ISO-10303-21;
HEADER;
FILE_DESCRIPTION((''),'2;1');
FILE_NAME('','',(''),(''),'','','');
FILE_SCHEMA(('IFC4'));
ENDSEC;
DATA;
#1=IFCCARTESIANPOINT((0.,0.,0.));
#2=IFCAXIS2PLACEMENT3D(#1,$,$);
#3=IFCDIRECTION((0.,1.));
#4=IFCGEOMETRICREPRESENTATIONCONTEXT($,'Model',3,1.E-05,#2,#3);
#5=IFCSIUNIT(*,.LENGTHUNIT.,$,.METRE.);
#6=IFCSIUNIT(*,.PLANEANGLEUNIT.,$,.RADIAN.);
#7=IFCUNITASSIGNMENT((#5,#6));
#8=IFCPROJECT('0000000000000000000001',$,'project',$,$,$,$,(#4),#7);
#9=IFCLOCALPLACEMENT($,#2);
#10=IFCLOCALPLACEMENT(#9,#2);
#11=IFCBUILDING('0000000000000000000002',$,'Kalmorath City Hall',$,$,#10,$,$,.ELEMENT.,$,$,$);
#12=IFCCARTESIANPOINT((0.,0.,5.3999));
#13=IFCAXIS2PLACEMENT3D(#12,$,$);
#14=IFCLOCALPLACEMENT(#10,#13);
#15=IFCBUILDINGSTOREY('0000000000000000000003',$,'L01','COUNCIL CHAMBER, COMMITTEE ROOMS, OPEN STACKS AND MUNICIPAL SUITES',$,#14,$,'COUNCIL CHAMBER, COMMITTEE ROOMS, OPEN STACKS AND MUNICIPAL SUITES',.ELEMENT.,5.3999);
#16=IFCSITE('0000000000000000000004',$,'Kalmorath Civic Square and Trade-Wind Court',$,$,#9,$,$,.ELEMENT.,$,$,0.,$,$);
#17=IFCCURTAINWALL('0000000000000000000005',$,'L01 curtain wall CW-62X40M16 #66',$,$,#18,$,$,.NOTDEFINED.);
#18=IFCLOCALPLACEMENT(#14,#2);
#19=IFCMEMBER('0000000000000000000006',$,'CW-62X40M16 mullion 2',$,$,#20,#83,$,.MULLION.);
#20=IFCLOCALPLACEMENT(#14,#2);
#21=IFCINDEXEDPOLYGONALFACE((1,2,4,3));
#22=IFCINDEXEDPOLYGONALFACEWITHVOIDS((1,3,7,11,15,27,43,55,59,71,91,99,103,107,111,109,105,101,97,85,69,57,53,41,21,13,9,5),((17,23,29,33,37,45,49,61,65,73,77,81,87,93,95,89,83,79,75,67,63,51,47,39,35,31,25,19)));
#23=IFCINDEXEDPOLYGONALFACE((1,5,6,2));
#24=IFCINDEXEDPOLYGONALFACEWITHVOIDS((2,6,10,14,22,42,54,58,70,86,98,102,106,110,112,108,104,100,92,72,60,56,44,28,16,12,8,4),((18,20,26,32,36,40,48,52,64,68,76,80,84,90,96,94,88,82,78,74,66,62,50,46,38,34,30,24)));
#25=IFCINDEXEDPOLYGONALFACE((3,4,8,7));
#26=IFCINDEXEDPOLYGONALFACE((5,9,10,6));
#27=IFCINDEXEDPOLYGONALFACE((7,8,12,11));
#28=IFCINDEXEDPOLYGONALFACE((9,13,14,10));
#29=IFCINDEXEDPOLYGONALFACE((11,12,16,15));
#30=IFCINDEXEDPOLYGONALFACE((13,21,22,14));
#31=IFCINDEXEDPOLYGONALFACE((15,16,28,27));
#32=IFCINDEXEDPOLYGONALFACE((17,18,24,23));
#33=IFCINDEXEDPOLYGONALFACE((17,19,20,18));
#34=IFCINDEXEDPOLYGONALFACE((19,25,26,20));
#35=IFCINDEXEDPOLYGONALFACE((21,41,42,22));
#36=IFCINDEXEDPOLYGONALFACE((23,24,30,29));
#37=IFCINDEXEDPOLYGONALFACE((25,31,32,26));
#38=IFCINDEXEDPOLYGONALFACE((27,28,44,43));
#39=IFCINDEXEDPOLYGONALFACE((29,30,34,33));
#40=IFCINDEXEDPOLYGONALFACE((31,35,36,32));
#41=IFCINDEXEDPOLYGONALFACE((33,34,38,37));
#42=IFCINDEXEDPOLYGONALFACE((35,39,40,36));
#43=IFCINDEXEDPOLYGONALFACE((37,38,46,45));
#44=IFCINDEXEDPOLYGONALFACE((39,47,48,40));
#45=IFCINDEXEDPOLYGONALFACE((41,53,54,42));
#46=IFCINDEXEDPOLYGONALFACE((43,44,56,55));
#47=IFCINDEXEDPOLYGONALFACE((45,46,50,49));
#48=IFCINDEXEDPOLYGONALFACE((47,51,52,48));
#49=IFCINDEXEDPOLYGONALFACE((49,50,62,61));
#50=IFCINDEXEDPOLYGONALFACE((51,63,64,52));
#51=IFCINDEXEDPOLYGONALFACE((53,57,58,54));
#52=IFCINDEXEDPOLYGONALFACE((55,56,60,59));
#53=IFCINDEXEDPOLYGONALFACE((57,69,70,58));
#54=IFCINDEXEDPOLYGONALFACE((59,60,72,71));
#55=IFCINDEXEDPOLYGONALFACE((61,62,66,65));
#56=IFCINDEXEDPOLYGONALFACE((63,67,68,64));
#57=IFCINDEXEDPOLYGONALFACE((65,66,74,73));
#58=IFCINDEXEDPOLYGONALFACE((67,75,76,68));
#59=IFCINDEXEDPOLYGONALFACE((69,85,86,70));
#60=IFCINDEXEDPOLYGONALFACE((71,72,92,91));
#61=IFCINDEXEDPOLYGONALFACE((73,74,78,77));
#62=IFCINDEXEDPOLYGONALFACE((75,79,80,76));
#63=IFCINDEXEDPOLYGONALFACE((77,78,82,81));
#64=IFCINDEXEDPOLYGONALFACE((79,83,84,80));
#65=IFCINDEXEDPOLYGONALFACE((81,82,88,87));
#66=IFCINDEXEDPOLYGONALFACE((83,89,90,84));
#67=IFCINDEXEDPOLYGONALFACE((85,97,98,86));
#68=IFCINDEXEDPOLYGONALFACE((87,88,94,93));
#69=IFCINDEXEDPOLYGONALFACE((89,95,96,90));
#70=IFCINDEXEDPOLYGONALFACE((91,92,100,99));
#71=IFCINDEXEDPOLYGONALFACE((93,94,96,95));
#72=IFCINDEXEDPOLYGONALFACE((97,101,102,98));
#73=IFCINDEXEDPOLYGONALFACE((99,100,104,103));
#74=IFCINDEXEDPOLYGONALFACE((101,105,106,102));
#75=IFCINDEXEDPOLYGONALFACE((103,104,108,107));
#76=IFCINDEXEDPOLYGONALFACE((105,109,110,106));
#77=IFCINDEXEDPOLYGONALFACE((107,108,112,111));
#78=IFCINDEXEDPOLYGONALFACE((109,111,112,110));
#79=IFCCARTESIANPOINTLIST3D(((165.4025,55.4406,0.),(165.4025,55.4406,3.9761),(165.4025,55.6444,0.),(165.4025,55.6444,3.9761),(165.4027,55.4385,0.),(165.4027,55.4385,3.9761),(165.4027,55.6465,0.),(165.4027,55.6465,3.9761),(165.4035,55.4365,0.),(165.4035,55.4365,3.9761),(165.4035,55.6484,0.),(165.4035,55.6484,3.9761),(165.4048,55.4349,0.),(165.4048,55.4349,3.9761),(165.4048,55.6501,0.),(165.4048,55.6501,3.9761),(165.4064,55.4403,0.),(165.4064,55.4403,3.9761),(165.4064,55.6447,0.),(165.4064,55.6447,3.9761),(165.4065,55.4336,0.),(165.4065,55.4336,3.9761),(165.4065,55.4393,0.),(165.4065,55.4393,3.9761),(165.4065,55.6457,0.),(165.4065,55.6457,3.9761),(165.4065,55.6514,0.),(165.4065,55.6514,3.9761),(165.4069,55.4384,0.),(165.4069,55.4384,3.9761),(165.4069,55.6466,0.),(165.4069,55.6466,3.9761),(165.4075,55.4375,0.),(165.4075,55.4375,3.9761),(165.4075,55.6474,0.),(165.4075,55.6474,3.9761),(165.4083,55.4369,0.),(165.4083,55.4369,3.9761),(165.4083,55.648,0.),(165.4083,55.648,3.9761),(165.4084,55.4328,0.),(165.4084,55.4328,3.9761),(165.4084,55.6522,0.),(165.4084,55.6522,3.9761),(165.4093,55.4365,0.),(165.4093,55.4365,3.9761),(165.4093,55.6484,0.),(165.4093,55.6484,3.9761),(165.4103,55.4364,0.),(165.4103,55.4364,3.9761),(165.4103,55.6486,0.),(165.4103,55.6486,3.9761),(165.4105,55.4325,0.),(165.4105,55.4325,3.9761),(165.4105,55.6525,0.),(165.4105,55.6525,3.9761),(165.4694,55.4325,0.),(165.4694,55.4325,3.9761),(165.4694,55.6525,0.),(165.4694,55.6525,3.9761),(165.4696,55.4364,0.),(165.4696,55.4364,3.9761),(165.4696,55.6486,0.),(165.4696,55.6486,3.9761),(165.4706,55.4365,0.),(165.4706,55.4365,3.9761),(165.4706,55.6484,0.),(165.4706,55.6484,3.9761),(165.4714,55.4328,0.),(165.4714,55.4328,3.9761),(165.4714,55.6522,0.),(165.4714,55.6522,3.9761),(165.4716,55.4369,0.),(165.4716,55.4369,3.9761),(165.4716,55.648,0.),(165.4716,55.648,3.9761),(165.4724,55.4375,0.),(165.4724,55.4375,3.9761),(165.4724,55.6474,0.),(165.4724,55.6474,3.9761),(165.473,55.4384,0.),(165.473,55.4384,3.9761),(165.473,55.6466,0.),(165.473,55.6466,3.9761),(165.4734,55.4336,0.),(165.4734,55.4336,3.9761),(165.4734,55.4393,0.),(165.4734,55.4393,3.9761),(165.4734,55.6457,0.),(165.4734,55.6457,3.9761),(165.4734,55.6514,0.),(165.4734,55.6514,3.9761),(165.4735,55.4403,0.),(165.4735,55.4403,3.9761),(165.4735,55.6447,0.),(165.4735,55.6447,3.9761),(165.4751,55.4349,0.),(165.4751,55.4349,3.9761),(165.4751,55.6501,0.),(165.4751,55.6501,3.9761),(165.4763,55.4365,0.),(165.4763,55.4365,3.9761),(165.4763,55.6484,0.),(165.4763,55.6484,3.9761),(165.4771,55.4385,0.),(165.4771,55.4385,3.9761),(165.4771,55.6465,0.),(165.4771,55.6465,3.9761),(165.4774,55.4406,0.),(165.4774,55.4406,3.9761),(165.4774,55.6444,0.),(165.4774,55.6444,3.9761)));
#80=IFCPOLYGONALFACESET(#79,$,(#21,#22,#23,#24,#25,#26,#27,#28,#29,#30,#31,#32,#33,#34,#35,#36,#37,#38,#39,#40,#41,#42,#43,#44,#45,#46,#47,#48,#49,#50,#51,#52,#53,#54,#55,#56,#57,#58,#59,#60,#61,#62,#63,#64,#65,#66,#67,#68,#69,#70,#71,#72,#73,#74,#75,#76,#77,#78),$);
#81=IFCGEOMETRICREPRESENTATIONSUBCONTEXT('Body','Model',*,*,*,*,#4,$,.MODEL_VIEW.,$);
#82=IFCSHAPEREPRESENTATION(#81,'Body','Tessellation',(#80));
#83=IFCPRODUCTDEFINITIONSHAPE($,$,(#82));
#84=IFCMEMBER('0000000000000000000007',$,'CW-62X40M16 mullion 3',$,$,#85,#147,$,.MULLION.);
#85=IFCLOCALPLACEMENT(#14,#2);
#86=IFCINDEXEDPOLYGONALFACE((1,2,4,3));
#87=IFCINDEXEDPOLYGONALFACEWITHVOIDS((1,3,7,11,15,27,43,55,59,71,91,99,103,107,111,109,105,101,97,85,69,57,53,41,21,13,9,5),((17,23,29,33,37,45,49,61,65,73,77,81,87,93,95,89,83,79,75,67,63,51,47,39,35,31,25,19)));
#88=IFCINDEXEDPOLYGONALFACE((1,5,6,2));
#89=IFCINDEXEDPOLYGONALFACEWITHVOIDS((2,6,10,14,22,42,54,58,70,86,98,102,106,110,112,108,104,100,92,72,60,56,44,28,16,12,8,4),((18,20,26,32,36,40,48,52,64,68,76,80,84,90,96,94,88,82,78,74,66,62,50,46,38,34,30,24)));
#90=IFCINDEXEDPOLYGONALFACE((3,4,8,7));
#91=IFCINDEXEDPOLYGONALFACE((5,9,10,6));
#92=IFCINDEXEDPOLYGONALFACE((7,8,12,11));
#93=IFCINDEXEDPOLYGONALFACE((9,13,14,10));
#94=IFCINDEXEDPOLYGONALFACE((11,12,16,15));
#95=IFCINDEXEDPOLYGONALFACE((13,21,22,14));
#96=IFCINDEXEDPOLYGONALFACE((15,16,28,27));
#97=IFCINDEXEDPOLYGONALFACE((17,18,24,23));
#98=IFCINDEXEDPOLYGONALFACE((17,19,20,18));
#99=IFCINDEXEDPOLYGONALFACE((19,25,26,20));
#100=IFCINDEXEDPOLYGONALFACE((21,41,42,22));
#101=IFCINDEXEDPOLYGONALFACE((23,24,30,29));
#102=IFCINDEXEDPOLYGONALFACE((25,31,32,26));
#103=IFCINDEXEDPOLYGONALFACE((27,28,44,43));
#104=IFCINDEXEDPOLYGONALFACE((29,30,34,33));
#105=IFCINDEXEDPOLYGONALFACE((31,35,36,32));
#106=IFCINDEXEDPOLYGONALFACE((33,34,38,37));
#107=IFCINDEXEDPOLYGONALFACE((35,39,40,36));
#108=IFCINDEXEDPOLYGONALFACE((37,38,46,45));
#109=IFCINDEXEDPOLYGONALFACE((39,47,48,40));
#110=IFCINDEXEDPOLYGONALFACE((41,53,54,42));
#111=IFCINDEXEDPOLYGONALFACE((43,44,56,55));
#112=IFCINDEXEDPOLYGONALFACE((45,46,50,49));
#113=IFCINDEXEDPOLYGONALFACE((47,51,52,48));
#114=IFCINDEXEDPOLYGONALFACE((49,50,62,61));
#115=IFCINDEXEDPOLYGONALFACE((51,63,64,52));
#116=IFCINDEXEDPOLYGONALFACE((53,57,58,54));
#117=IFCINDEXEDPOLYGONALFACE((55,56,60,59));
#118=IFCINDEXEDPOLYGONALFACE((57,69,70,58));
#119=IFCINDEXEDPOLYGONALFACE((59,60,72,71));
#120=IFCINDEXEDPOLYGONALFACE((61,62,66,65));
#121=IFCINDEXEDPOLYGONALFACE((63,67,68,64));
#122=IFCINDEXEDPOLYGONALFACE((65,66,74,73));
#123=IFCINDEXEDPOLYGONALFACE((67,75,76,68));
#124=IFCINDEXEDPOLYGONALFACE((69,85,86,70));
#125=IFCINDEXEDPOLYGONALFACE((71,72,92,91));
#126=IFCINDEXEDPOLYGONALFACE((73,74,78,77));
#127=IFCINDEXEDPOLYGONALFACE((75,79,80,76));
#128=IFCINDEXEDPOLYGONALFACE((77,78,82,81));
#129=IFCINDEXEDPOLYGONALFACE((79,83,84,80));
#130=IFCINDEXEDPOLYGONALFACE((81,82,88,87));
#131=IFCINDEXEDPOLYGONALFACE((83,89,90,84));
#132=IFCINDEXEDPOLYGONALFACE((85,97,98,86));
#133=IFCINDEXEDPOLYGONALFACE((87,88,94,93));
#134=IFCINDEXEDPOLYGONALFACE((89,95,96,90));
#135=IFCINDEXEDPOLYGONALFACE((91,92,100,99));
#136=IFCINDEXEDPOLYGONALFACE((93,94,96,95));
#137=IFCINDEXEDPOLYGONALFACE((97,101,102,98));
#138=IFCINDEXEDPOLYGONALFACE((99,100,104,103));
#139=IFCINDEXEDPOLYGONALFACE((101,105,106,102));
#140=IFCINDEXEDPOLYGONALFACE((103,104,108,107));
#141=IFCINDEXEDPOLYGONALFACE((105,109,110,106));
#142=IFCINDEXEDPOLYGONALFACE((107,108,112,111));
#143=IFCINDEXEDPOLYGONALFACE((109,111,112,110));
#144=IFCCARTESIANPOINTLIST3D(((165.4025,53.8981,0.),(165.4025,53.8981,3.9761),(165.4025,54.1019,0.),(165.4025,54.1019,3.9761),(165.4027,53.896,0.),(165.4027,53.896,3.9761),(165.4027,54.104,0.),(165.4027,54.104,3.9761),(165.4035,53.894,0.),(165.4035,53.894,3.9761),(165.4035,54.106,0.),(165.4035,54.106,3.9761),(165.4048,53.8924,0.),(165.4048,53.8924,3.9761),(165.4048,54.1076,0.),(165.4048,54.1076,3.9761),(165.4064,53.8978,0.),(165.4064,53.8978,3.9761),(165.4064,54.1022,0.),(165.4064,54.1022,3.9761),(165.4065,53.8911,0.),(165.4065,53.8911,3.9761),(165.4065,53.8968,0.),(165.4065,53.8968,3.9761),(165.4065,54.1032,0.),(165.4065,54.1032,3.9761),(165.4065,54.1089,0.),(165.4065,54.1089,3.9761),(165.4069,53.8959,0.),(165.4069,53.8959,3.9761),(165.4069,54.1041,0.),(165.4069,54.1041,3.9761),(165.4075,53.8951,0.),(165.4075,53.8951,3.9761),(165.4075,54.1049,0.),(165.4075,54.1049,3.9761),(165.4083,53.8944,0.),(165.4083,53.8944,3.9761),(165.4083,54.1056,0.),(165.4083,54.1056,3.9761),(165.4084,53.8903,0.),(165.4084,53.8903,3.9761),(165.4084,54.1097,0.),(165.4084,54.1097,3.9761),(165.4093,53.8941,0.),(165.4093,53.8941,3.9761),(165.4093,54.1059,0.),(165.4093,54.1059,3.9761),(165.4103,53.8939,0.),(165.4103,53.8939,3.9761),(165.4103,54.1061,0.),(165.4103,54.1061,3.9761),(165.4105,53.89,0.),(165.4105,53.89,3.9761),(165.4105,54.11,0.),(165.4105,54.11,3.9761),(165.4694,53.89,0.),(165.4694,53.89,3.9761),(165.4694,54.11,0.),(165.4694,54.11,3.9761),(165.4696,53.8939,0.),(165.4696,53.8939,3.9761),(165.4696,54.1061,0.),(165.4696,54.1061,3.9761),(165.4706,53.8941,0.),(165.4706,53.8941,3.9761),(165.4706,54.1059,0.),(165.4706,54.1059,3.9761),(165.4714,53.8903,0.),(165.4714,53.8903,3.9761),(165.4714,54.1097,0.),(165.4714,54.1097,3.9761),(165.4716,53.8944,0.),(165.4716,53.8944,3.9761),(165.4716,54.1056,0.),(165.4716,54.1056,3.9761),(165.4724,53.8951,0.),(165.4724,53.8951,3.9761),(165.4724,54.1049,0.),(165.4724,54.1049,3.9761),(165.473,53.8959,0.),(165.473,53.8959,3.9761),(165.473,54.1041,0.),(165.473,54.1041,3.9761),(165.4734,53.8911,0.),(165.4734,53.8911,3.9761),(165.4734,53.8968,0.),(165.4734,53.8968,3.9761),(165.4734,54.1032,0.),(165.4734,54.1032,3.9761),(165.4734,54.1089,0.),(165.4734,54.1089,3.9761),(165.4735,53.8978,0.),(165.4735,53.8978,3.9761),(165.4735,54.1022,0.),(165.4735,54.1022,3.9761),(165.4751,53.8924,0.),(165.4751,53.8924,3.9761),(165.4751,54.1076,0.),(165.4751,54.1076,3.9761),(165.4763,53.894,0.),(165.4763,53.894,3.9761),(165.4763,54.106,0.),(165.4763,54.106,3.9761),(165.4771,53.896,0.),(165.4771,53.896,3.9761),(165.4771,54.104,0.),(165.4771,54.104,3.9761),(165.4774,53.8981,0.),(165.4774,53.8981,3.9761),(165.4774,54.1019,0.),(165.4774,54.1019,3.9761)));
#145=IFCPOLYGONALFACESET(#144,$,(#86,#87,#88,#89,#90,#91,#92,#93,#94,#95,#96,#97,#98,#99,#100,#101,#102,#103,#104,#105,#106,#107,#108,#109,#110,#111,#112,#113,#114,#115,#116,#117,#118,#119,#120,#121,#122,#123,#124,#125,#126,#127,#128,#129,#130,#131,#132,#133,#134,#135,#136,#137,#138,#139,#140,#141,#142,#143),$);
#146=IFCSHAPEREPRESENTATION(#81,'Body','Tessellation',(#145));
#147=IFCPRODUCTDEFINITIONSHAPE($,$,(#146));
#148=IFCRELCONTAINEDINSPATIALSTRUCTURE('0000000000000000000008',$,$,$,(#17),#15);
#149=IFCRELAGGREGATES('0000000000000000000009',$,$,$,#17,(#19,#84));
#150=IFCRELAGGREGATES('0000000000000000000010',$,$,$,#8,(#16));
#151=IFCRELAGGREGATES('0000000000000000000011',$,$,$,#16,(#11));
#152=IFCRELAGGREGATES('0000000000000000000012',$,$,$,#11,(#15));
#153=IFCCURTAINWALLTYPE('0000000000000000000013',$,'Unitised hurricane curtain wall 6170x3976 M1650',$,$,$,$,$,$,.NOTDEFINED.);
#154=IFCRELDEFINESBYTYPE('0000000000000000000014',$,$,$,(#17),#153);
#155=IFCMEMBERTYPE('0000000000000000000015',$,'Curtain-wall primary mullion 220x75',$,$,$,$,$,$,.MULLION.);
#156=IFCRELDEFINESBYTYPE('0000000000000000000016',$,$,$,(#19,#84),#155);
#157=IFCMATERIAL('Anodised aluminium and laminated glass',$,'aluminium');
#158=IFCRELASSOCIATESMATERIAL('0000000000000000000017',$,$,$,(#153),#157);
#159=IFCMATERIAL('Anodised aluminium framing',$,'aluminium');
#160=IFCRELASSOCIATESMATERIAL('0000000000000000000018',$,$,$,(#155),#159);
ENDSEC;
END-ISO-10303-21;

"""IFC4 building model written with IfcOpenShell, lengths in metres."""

from ifc_helpers import new_model, si_unit, direction, frame, origin, origin_2d, place, context, subcontext, project, spatial, hollow_rectangle, extrude, material, material_profile, profile_set, type_object, element, aggregate, save


model = new_model("IFC4")

# Units and contexts
model_context = context("Model", 3, precision=1e-05, world=origin(), true_north=direction((0.0, 1.0)))
body_context = subcontext(model_context, "Body", "Model", "MODEL_VIEW")
ifc_project = project(units=[si_unit("LENGTHUNIT", "METRE"), si_unit("PLANEANGLEUNIT", "RADIAN")], contexts=[model_context])

# Site, building, storey
site_placement = place(None, origin())
site = spatial("IfcSite", under=ifc_project, at=site_placement, Name="Kalmorath Civic Square and Trade-Wind Court", CompositionType="ELEMENT", RefElevation=0.0)
building_placement = place(site_placement, origin())
building = spatial("IfcBuilding", under=site, at=building_placement, Name="Kalmorath City Hall", CompositionType="ELEMENT")
storey_placement = place(building_placement, frame((0.0, 0.0, 5.3999)))
storey = spatial("IfcBuildingStorey", under=building, at=storey_placement, Name="L01", Description="COUNCIL CHAMBER, COMMITTEE ROOMS, OPEN STACKS AND MUNICIPAL SUITES", LongName="COUNCIL CHAMBER, COMMITTEE ROOMS, OPEN STACKS AND MUNICIPAL SUITES", CompositionType="ELEMENT", Elevation=5.3999)

# Curtain wall, members
ifc_material_1 = material(Name="Anodised aluminium and laminated glass", Category="aluminium")
curtain_wall_type = type_object("IfcCurtainWallType", Name="Unitised hurricane curtain wall 6170x3976 M1650", PredefinedType="NOTDEFINED", material=ifc_material_1)
curtain_wall_placement = place(storey_placement, origin())
curtain_wall = element("IfcCurtainWall", 1, at=curtain_wall_placement, inside=storey, type_object=curtain_wall_type, Name="L01 curtain wall CW-62X40M16 #66", PredefinedType="NOTDEFINED")
ifc_material_2 = material(Name="Anodised aluminium framing", Category="aluminium")
ifc_material_profile_1 = material_profile(ifc_material_2, hollow_rectangle(XDim=0.075, YDim=0.22, WallThickness=0.0039, InnerFilletRadius=0.0039, OuterFilletRadius=0.0081, at=origin_2d()), Name="ALU-MUL-220X75X4")
ifc_profile_set_1 = profile_set([ifc_material_profile_1], Name="Anodised aluminium framing")
member_type_1 = type_object("IfcMemberType", Name="Curtain-wall primary mullion 220x75", PredefinedType="MULLION", material=ifc_profile_set_1)
member_1_placement = place(storey_placement, frame((165.4399, 55.5425, 0.0), z_axis=(0.0, 0.0, 1.0), x_axis=(1.0, 0.0, 0.0)))
member_1 = element("IfcMember", 2, at=member_1_placement, type_object=member_type_1, Name="CW-62X40M16 mullion 2", PredefinedType="MULLION", context=body_context, shape_type="SweptSolid", body=[
    extrude(hollow_rectangle(XDim=0.075, YDim=0.22, WallThickness=0.0039, InnerFilletRadius=0.0039, OuterFilletRadius=0.0081, at=origin_2d()), origin(), (0.0, 0.0, 1.0), 3.9761),
])
member_2_placement = place(storey_placement, frame((165.4399, 54.0, 0.0), z_axis=(0.0, 0.0, 1.0), x_axis=(1.0, 0.0, 0.0)))
member_2 = element("IfcMember", 3, at=member_2_placement, type_object=member_type_1, Name="CW-62X40M16 mullion 3", PredefinedType="MULLION", context=body_context, shape_type="SweptSolid", body=[
    extrude(hollow_rectangle(XDim=0.075, YDim=0.22, WallThickness=0.0039, InnerFilletRadius=0.0039, OuterFilletRadius=0.0081, at=origin_2d()), origin(), (0.0, 0.0, 1.0), 3.9761),
])

aggregate(curtain_wall, [member_1, member_2])

save(model, "model.ifc")
